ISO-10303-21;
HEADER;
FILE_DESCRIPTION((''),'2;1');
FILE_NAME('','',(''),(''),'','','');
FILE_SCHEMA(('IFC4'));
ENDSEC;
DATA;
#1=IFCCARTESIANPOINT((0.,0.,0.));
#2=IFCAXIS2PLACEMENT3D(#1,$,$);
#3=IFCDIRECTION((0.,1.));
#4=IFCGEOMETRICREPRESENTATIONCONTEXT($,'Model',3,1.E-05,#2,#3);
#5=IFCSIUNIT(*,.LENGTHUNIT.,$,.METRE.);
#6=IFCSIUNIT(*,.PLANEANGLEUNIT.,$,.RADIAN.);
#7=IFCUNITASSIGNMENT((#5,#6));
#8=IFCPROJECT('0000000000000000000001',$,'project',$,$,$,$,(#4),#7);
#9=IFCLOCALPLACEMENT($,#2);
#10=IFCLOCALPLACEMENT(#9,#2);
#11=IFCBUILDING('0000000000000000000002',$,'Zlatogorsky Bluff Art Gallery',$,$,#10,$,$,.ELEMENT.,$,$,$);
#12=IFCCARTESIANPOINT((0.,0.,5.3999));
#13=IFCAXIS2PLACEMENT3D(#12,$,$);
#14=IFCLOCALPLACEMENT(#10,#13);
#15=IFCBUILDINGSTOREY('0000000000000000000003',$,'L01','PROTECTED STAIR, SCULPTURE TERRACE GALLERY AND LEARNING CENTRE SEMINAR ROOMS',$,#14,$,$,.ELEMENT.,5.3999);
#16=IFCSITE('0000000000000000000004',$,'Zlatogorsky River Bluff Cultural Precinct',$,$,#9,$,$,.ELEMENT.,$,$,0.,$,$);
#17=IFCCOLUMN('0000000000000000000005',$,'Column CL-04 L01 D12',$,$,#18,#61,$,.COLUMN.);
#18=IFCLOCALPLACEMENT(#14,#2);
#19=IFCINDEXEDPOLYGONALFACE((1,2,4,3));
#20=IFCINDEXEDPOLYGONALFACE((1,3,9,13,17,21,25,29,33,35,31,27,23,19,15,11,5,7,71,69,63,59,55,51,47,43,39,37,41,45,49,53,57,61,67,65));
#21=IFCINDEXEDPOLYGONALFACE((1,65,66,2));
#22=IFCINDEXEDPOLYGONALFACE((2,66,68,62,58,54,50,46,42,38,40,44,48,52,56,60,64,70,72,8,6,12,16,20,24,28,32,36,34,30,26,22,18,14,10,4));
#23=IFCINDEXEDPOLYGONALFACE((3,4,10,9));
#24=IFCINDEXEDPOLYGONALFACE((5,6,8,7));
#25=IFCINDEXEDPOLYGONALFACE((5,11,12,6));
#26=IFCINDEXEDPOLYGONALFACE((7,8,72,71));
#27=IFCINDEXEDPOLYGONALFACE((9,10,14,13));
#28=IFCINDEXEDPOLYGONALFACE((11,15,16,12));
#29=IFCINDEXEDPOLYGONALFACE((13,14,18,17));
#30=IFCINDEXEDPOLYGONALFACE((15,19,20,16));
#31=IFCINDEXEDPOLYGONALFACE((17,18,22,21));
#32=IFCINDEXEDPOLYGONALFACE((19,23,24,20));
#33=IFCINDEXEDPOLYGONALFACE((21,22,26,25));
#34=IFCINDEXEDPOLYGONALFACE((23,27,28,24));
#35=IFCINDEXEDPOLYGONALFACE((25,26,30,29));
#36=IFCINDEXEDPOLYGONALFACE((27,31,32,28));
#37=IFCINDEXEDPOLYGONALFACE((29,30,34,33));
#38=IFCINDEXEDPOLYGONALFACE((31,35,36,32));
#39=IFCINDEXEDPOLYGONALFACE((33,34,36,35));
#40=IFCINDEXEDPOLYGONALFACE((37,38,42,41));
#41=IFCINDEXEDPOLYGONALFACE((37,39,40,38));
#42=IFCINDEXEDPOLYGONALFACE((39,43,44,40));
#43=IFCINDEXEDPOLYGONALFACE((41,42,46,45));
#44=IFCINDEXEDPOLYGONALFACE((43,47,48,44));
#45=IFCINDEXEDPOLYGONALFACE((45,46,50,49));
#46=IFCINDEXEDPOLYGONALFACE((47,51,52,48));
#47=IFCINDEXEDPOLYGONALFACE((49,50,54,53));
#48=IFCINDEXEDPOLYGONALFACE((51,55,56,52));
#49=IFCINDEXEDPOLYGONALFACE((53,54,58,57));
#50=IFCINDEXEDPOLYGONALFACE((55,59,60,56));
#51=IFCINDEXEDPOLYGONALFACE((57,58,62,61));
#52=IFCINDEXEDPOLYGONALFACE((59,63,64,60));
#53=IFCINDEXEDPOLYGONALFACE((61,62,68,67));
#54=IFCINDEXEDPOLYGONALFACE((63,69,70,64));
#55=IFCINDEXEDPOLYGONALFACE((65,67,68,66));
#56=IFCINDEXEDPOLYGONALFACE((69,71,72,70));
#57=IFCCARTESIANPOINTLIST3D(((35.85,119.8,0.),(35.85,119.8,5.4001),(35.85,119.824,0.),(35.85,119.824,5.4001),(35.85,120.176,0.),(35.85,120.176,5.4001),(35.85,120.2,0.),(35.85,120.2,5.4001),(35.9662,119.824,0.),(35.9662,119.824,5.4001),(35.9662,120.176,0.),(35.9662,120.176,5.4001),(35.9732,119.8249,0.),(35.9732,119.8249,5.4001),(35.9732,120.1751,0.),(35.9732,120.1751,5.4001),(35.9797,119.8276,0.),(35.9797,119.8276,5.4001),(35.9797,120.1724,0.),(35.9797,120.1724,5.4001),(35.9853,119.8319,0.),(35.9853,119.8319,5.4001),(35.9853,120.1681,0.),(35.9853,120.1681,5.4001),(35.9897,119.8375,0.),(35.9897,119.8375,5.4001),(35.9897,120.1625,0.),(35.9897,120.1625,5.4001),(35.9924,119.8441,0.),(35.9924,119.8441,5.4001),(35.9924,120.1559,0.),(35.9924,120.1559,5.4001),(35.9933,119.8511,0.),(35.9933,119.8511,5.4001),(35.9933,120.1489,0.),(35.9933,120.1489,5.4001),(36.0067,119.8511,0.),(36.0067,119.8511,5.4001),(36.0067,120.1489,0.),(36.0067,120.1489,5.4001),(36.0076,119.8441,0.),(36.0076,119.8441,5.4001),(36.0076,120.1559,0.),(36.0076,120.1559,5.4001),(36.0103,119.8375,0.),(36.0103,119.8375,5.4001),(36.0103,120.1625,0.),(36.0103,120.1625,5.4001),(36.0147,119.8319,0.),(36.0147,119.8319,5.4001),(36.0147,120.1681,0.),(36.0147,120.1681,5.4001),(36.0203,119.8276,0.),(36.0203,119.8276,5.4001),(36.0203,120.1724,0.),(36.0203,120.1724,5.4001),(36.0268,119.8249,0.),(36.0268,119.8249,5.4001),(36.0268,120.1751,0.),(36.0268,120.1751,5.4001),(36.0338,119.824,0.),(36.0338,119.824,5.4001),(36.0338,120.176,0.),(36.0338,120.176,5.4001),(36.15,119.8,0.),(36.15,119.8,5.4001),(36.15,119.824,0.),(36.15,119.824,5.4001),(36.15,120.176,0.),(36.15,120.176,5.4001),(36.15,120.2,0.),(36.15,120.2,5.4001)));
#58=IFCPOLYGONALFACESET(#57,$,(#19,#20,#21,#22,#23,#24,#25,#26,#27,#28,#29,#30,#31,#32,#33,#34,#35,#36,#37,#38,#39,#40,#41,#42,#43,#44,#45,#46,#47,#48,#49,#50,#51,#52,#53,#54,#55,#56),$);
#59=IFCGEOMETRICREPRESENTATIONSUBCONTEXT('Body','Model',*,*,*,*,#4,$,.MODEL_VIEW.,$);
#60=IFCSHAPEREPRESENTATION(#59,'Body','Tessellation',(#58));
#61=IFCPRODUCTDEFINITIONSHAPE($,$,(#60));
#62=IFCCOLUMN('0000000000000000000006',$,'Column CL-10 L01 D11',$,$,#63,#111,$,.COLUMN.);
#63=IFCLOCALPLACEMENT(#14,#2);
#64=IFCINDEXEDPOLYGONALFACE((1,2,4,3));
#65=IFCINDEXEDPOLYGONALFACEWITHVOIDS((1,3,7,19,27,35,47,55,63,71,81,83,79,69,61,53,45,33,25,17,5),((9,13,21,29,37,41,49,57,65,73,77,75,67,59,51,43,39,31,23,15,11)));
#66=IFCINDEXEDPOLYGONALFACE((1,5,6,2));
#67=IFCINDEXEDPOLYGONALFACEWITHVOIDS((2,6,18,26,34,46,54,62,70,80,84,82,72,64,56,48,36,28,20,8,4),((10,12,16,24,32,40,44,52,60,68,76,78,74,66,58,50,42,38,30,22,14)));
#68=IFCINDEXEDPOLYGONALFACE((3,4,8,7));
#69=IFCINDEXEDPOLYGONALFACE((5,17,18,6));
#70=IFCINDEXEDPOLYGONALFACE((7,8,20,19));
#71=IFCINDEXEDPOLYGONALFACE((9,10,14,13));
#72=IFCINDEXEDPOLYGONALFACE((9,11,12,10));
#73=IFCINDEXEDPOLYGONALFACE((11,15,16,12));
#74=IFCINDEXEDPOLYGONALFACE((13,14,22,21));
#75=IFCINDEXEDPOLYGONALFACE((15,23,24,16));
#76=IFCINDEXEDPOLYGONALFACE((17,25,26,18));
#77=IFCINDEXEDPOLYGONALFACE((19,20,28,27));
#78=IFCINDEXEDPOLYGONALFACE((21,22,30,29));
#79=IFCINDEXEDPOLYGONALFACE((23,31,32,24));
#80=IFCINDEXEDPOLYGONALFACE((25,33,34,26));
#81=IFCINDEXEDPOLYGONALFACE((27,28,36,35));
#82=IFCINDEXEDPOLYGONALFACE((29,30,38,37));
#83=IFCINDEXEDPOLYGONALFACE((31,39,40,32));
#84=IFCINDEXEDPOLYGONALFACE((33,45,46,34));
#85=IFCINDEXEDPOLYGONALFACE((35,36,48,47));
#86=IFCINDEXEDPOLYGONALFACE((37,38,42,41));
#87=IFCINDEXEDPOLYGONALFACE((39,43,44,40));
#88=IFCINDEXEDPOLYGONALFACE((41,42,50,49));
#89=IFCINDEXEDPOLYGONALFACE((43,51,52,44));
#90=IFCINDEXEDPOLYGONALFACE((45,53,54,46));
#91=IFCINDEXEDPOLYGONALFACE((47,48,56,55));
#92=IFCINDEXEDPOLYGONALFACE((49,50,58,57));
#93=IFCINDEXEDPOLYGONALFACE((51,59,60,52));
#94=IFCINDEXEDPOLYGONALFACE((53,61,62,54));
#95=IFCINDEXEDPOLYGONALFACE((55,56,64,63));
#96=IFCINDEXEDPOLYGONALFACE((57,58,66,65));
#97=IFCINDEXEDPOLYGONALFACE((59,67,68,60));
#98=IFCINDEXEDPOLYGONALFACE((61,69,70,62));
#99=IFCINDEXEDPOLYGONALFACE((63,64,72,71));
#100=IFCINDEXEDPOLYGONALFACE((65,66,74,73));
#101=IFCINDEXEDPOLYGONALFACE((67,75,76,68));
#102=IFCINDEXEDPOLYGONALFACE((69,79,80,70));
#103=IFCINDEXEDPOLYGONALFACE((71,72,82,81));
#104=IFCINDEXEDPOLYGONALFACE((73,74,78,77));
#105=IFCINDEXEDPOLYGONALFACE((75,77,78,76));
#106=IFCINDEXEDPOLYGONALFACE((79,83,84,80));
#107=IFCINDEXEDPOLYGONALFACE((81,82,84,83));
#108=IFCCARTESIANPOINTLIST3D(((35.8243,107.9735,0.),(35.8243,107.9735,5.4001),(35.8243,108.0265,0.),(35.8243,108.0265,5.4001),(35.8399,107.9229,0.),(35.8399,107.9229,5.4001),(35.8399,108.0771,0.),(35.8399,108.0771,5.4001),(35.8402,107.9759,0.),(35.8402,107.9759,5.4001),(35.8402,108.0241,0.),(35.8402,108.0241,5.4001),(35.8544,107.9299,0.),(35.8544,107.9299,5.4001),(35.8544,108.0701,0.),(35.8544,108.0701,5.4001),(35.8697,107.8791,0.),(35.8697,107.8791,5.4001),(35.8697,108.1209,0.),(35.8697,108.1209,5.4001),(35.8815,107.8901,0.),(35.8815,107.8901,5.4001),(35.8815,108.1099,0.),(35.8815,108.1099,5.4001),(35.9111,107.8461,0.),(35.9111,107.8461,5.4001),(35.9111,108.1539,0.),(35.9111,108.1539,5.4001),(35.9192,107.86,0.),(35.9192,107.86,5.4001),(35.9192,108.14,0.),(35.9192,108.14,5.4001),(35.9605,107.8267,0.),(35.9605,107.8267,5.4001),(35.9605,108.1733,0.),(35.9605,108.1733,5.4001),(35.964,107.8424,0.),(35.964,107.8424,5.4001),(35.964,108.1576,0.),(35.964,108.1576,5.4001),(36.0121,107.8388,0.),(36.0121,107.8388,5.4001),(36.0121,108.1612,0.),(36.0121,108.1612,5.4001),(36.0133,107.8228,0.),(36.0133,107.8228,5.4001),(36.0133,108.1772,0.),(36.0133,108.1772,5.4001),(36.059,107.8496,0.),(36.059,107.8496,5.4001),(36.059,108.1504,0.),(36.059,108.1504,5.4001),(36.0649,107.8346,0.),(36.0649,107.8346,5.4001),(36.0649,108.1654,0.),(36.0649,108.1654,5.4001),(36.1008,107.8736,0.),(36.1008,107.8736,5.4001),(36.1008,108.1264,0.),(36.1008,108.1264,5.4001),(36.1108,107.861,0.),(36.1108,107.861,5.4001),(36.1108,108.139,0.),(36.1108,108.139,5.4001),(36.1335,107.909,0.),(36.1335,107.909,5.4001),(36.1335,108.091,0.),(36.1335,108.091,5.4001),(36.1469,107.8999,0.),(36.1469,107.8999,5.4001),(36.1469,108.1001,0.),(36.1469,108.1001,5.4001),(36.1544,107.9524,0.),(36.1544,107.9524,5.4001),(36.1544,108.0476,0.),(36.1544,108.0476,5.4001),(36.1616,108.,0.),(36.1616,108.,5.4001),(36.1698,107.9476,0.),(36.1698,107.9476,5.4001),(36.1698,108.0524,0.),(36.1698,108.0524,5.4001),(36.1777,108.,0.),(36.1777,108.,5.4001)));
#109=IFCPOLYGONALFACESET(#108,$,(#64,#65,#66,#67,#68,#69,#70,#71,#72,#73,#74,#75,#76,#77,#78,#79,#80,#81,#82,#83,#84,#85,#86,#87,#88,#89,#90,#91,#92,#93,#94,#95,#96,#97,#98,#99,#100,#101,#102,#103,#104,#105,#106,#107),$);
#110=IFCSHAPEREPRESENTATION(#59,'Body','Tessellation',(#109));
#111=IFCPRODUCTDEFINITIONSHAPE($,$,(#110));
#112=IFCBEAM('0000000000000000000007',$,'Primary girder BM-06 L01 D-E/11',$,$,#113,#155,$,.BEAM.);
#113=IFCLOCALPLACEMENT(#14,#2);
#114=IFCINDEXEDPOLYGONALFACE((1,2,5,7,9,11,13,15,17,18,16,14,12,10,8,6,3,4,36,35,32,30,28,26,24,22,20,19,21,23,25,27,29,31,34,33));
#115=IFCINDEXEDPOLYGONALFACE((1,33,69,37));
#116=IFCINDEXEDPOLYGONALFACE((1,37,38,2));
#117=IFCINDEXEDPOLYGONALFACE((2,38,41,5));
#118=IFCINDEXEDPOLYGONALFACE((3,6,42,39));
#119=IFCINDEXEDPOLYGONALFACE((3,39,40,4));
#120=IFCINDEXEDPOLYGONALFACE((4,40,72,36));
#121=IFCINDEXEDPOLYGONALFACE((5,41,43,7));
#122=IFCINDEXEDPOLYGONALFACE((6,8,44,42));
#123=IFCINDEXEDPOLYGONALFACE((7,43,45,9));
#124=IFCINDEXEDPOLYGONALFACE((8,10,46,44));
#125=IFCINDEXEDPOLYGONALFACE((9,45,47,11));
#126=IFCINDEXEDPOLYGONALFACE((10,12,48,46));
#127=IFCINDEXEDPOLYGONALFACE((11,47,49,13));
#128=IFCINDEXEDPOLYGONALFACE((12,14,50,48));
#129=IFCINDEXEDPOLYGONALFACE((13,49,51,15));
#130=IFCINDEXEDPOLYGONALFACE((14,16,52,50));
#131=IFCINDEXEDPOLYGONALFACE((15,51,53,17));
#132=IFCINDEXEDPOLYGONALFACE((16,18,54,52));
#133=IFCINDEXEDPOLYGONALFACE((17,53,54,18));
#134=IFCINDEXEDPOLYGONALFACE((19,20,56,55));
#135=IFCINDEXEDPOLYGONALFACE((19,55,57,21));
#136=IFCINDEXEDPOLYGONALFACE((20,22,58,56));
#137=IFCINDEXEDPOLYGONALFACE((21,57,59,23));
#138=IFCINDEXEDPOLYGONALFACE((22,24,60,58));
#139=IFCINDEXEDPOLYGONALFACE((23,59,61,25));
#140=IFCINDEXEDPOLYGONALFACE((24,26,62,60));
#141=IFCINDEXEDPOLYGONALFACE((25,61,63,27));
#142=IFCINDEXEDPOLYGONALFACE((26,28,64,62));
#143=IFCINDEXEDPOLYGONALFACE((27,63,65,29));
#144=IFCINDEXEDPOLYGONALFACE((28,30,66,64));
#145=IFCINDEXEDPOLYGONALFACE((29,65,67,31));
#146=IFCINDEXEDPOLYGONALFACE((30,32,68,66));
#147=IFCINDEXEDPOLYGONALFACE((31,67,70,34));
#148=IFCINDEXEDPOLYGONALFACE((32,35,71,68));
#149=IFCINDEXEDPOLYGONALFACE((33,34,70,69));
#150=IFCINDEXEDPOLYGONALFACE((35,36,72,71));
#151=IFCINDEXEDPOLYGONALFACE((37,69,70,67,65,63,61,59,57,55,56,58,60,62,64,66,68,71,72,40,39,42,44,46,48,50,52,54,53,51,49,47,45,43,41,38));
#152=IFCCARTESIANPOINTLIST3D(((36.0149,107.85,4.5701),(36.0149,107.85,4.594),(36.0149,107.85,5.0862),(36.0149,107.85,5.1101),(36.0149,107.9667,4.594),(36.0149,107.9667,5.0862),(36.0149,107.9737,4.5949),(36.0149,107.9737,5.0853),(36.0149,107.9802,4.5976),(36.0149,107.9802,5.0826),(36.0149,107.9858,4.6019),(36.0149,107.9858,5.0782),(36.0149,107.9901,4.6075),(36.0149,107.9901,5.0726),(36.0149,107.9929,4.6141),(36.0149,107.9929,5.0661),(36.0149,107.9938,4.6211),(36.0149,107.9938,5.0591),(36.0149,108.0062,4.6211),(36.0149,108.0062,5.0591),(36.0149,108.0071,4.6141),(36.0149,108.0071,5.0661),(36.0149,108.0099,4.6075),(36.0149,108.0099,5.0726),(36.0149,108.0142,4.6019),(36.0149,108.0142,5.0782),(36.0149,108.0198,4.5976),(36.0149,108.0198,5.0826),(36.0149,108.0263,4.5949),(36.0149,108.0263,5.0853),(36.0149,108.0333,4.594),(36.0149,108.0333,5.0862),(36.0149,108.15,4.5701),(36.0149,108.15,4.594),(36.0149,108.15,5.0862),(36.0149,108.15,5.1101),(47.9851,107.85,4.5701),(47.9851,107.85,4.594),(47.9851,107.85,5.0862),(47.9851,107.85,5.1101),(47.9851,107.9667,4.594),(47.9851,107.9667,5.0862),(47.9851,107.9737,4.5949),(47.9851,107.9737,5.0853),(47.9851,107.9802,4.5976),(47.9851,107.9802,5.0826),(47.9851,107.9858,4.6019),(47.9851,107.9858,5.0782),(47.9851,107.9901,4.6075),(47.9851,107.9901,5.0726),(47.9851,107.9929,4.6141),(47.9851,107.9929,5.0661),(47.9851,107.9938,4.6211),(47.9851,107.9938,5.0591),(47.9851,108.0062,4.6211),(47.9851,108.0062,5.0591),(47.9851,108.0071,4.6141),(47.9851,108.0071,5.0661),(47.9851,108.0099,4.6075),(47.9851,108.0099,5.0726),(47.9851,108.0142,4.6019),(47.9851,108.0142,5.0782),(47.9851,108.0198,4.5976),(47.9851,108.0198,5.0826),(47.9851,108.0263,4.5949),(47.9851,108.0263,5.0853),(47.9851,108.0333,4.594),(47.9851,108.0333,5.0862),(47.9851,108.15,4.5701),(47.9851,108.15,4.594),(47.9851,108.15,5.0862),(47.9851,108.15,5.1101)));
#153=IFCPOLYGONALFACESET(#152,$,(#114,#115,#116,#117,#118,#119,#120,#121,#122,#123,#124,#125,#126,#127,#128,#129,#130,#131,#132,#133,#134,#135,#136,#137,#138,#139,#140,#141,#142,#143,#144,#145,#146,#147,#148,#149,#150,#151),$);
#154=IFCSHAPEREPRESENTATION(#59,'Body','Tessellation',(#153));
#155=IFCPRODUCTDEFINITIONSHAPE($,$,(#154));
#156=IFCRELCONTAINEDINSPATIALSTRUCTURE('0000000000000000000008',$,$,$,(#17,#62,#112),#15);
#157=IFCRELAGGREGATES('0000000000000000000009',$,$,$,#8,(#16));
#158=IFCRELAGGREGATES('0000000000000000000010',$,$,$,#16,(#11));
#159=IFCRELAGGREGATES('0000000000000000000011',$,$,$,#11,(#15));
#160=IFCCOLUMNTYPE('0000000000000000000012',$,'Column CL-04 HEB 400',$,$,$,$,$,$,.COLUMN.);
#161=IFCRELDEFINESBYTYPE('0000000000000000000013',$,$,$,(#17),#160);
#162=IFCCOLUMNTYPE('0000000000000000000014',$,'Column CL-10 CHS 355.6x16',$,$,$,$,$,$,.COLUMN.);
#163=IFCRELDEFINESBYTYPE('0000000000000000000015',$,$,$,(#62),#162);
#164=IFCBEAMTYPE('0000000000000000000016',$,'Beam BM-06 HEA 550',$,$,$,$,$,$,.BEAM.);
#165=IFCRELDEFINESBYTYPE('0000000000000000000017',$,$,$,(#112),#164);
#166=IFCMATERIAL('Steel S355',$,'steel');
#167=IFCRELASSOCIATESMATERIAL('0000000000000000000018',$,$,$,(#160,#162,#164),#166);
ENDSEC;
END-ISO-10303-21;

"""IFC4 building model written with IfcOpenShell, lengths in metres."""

from ifc_helpers import new_model, si_unit, direction, frame, origin, origin_2d, place, context, subcontext, project, spatial, hollow_circle, i_section, extrude, material, material_profile, profile_set, type_object, element, save


model = new_model("IFC4")

# Units and contexts
model_context = context("Model", 3, precision=1e-05, world=origin(), true_north=direction((0.0, 1.0)))
body_context = subcontext(model_context, "Body", "Model", "MODEL_VIEW")
ifc_project = project(units=[si_unit("LENGTHUNIT", "METRE"), si_unit("PLANEANGLEUNIT", "RADIAN")], contexts=[model_context])

# Site, building, storey
site_placement = place(None, origin())
site = spatial("IfcSite", under=ifc_project, at=site_placement, Name="Zlatogorsky River Bluff Cultural Precinct", CompositionType="ELEMENT", RefElevation=0.0)
building_placement = place(site_placement, origin())
building = spatial("IfcBuilding", under=site, at=building_placement, Name="Zlatogorsky Bluff Art Gallery", CompositionType="ELEMENT")
storey_placement = place(building_placement, frame((0.0, 0.0, 5.3999)))
storey = spatial("IfcBuildingStorey", under=building, at=storey_placement, Name="L01", Description="PROTECTED STAIR, SCULPTURE TERRACE GALLERY AND LEARNING CENTRE SEMINAR ROOMS", CompositionType="ELEMENT", Elevation=5.3999)

# Columns
ifc_material_1 = material(Name="Steel S355", Category="steel")
ifc_material_profile_1 = material_profile(ifc_material_1, i_section(OverallWidth=0.3, OverallDepth=0.3999, WebThickness=0.0134, FlangeThickness=0.0239, FilletRadius=0.0271, at=origin_2d()), Name="HEB 400")
ifc_profile_set_1 = profile_set([ifc_material_profile_1], Name="Steel S355")
column_type_1 = type_object("IfcColumnType", Name="Column CL-04 HEB 400", PredefinedType="COLUMN", material=ifc_profile_set_1)
column_1_placement = place(storey_placement, frame((36.0, 120.0, 0.0), z_axis=(0.0, 0.0, 1.0), x_axis=(1.0, 0.0, 0.0)))
element("IfcColumn", 1, at=column_1_placement, inside=storey, type_object=column_type_1, Name="Column CL-04 L01 D12", PredefinedType="COLUMN", context=body_context, shape_type="SweptSolid", body=[
    extrude(i_section(OverallWidth=0.3, OverallDepth=0.3999, WebThickness=0.0134, FlangeThickness=0.0239, FilletRadius=0.0271, at=origin_2d()), origin(), (0.0, 0.0, 1.0), 5.4001),
])
ifc_material_profile_2 = material_profile(ifc_material_1, hollow_circle(Radius=0.1777, WallThickness=0.0161, at=origin_2d()), Name="CHS 355.6x16")
ifc_profile_set_2 = profile_set([ifc_material_profile_2], Name="Steel S355")
column_type_2 = type_object("IfcColumnType", Name="Column CL-10 CHS 355.6x16", PredefinedType="COLUMN", material=ifc_profile_set_2)
column_2_placement = place(storey_placement, frame((36.0, 108.0, 0.0), z_axis=(0.0, 0.0, 1.0), x_axis=(1.0, 0.0, 0.0)))
element("IfcColumn", 2, at=column_2_placement, inside=storey, type_object=column_type_2, Name="Column CL-10 L01 D11", PredefinedType="COLUMN", context=body_context, shape_type="SweptSolid", body=[
    extrude(hollow_circle(Radius=0.1777, WallThickness=0.0161, at=origin_2d()), origin(), (0.0, 0.0, 1.0), 5.4001),
])

# Beam
ifc_material_profile_3 = material_profile(ifc_material_1, i_section(OverallWidth=0.3, OverallDepth=0.54, WebThickness=0.0125, FlangeThickness=0.0239, FilletRadius=0.0271, at=origin_2d()), Name="HEA 550")
ifc_profile_set_3 = profile_set([ifc_material_profile_3], Name="Steel S355")
beam_type_1 = type_object("IfcBeamType", Name="Beam BM-06 HEA 550", PredefinedType="BEAM", material=ifc_profile_set_3)
beam_1_placement = place(storey_placement, frame((36.0149, 108.0, 4.8401), z_axis=(1.0, 0.0, 0.0), x_axis=(0.0, 1.0, 0.0)))
element("IfcBeam", 3, at=beam_1_placement, inside=storey, type_object=beam_type_1, Name="Primary girder BM-06 L01 D-E/11", PredefinedType="BEAM", context=body_context, shape_type="SweptSolid", body=[
    extrude(i_section(OverallWidth=0.3, OverallDepth=0.54, WebThickness=0.0125, FlangeThickness=0.0239, FilletRadius=0.0271, at=origin_2d()), origin(), (0.0, 0.0, 1.0), 11.9702),
])

save(model, "model.ifc")
